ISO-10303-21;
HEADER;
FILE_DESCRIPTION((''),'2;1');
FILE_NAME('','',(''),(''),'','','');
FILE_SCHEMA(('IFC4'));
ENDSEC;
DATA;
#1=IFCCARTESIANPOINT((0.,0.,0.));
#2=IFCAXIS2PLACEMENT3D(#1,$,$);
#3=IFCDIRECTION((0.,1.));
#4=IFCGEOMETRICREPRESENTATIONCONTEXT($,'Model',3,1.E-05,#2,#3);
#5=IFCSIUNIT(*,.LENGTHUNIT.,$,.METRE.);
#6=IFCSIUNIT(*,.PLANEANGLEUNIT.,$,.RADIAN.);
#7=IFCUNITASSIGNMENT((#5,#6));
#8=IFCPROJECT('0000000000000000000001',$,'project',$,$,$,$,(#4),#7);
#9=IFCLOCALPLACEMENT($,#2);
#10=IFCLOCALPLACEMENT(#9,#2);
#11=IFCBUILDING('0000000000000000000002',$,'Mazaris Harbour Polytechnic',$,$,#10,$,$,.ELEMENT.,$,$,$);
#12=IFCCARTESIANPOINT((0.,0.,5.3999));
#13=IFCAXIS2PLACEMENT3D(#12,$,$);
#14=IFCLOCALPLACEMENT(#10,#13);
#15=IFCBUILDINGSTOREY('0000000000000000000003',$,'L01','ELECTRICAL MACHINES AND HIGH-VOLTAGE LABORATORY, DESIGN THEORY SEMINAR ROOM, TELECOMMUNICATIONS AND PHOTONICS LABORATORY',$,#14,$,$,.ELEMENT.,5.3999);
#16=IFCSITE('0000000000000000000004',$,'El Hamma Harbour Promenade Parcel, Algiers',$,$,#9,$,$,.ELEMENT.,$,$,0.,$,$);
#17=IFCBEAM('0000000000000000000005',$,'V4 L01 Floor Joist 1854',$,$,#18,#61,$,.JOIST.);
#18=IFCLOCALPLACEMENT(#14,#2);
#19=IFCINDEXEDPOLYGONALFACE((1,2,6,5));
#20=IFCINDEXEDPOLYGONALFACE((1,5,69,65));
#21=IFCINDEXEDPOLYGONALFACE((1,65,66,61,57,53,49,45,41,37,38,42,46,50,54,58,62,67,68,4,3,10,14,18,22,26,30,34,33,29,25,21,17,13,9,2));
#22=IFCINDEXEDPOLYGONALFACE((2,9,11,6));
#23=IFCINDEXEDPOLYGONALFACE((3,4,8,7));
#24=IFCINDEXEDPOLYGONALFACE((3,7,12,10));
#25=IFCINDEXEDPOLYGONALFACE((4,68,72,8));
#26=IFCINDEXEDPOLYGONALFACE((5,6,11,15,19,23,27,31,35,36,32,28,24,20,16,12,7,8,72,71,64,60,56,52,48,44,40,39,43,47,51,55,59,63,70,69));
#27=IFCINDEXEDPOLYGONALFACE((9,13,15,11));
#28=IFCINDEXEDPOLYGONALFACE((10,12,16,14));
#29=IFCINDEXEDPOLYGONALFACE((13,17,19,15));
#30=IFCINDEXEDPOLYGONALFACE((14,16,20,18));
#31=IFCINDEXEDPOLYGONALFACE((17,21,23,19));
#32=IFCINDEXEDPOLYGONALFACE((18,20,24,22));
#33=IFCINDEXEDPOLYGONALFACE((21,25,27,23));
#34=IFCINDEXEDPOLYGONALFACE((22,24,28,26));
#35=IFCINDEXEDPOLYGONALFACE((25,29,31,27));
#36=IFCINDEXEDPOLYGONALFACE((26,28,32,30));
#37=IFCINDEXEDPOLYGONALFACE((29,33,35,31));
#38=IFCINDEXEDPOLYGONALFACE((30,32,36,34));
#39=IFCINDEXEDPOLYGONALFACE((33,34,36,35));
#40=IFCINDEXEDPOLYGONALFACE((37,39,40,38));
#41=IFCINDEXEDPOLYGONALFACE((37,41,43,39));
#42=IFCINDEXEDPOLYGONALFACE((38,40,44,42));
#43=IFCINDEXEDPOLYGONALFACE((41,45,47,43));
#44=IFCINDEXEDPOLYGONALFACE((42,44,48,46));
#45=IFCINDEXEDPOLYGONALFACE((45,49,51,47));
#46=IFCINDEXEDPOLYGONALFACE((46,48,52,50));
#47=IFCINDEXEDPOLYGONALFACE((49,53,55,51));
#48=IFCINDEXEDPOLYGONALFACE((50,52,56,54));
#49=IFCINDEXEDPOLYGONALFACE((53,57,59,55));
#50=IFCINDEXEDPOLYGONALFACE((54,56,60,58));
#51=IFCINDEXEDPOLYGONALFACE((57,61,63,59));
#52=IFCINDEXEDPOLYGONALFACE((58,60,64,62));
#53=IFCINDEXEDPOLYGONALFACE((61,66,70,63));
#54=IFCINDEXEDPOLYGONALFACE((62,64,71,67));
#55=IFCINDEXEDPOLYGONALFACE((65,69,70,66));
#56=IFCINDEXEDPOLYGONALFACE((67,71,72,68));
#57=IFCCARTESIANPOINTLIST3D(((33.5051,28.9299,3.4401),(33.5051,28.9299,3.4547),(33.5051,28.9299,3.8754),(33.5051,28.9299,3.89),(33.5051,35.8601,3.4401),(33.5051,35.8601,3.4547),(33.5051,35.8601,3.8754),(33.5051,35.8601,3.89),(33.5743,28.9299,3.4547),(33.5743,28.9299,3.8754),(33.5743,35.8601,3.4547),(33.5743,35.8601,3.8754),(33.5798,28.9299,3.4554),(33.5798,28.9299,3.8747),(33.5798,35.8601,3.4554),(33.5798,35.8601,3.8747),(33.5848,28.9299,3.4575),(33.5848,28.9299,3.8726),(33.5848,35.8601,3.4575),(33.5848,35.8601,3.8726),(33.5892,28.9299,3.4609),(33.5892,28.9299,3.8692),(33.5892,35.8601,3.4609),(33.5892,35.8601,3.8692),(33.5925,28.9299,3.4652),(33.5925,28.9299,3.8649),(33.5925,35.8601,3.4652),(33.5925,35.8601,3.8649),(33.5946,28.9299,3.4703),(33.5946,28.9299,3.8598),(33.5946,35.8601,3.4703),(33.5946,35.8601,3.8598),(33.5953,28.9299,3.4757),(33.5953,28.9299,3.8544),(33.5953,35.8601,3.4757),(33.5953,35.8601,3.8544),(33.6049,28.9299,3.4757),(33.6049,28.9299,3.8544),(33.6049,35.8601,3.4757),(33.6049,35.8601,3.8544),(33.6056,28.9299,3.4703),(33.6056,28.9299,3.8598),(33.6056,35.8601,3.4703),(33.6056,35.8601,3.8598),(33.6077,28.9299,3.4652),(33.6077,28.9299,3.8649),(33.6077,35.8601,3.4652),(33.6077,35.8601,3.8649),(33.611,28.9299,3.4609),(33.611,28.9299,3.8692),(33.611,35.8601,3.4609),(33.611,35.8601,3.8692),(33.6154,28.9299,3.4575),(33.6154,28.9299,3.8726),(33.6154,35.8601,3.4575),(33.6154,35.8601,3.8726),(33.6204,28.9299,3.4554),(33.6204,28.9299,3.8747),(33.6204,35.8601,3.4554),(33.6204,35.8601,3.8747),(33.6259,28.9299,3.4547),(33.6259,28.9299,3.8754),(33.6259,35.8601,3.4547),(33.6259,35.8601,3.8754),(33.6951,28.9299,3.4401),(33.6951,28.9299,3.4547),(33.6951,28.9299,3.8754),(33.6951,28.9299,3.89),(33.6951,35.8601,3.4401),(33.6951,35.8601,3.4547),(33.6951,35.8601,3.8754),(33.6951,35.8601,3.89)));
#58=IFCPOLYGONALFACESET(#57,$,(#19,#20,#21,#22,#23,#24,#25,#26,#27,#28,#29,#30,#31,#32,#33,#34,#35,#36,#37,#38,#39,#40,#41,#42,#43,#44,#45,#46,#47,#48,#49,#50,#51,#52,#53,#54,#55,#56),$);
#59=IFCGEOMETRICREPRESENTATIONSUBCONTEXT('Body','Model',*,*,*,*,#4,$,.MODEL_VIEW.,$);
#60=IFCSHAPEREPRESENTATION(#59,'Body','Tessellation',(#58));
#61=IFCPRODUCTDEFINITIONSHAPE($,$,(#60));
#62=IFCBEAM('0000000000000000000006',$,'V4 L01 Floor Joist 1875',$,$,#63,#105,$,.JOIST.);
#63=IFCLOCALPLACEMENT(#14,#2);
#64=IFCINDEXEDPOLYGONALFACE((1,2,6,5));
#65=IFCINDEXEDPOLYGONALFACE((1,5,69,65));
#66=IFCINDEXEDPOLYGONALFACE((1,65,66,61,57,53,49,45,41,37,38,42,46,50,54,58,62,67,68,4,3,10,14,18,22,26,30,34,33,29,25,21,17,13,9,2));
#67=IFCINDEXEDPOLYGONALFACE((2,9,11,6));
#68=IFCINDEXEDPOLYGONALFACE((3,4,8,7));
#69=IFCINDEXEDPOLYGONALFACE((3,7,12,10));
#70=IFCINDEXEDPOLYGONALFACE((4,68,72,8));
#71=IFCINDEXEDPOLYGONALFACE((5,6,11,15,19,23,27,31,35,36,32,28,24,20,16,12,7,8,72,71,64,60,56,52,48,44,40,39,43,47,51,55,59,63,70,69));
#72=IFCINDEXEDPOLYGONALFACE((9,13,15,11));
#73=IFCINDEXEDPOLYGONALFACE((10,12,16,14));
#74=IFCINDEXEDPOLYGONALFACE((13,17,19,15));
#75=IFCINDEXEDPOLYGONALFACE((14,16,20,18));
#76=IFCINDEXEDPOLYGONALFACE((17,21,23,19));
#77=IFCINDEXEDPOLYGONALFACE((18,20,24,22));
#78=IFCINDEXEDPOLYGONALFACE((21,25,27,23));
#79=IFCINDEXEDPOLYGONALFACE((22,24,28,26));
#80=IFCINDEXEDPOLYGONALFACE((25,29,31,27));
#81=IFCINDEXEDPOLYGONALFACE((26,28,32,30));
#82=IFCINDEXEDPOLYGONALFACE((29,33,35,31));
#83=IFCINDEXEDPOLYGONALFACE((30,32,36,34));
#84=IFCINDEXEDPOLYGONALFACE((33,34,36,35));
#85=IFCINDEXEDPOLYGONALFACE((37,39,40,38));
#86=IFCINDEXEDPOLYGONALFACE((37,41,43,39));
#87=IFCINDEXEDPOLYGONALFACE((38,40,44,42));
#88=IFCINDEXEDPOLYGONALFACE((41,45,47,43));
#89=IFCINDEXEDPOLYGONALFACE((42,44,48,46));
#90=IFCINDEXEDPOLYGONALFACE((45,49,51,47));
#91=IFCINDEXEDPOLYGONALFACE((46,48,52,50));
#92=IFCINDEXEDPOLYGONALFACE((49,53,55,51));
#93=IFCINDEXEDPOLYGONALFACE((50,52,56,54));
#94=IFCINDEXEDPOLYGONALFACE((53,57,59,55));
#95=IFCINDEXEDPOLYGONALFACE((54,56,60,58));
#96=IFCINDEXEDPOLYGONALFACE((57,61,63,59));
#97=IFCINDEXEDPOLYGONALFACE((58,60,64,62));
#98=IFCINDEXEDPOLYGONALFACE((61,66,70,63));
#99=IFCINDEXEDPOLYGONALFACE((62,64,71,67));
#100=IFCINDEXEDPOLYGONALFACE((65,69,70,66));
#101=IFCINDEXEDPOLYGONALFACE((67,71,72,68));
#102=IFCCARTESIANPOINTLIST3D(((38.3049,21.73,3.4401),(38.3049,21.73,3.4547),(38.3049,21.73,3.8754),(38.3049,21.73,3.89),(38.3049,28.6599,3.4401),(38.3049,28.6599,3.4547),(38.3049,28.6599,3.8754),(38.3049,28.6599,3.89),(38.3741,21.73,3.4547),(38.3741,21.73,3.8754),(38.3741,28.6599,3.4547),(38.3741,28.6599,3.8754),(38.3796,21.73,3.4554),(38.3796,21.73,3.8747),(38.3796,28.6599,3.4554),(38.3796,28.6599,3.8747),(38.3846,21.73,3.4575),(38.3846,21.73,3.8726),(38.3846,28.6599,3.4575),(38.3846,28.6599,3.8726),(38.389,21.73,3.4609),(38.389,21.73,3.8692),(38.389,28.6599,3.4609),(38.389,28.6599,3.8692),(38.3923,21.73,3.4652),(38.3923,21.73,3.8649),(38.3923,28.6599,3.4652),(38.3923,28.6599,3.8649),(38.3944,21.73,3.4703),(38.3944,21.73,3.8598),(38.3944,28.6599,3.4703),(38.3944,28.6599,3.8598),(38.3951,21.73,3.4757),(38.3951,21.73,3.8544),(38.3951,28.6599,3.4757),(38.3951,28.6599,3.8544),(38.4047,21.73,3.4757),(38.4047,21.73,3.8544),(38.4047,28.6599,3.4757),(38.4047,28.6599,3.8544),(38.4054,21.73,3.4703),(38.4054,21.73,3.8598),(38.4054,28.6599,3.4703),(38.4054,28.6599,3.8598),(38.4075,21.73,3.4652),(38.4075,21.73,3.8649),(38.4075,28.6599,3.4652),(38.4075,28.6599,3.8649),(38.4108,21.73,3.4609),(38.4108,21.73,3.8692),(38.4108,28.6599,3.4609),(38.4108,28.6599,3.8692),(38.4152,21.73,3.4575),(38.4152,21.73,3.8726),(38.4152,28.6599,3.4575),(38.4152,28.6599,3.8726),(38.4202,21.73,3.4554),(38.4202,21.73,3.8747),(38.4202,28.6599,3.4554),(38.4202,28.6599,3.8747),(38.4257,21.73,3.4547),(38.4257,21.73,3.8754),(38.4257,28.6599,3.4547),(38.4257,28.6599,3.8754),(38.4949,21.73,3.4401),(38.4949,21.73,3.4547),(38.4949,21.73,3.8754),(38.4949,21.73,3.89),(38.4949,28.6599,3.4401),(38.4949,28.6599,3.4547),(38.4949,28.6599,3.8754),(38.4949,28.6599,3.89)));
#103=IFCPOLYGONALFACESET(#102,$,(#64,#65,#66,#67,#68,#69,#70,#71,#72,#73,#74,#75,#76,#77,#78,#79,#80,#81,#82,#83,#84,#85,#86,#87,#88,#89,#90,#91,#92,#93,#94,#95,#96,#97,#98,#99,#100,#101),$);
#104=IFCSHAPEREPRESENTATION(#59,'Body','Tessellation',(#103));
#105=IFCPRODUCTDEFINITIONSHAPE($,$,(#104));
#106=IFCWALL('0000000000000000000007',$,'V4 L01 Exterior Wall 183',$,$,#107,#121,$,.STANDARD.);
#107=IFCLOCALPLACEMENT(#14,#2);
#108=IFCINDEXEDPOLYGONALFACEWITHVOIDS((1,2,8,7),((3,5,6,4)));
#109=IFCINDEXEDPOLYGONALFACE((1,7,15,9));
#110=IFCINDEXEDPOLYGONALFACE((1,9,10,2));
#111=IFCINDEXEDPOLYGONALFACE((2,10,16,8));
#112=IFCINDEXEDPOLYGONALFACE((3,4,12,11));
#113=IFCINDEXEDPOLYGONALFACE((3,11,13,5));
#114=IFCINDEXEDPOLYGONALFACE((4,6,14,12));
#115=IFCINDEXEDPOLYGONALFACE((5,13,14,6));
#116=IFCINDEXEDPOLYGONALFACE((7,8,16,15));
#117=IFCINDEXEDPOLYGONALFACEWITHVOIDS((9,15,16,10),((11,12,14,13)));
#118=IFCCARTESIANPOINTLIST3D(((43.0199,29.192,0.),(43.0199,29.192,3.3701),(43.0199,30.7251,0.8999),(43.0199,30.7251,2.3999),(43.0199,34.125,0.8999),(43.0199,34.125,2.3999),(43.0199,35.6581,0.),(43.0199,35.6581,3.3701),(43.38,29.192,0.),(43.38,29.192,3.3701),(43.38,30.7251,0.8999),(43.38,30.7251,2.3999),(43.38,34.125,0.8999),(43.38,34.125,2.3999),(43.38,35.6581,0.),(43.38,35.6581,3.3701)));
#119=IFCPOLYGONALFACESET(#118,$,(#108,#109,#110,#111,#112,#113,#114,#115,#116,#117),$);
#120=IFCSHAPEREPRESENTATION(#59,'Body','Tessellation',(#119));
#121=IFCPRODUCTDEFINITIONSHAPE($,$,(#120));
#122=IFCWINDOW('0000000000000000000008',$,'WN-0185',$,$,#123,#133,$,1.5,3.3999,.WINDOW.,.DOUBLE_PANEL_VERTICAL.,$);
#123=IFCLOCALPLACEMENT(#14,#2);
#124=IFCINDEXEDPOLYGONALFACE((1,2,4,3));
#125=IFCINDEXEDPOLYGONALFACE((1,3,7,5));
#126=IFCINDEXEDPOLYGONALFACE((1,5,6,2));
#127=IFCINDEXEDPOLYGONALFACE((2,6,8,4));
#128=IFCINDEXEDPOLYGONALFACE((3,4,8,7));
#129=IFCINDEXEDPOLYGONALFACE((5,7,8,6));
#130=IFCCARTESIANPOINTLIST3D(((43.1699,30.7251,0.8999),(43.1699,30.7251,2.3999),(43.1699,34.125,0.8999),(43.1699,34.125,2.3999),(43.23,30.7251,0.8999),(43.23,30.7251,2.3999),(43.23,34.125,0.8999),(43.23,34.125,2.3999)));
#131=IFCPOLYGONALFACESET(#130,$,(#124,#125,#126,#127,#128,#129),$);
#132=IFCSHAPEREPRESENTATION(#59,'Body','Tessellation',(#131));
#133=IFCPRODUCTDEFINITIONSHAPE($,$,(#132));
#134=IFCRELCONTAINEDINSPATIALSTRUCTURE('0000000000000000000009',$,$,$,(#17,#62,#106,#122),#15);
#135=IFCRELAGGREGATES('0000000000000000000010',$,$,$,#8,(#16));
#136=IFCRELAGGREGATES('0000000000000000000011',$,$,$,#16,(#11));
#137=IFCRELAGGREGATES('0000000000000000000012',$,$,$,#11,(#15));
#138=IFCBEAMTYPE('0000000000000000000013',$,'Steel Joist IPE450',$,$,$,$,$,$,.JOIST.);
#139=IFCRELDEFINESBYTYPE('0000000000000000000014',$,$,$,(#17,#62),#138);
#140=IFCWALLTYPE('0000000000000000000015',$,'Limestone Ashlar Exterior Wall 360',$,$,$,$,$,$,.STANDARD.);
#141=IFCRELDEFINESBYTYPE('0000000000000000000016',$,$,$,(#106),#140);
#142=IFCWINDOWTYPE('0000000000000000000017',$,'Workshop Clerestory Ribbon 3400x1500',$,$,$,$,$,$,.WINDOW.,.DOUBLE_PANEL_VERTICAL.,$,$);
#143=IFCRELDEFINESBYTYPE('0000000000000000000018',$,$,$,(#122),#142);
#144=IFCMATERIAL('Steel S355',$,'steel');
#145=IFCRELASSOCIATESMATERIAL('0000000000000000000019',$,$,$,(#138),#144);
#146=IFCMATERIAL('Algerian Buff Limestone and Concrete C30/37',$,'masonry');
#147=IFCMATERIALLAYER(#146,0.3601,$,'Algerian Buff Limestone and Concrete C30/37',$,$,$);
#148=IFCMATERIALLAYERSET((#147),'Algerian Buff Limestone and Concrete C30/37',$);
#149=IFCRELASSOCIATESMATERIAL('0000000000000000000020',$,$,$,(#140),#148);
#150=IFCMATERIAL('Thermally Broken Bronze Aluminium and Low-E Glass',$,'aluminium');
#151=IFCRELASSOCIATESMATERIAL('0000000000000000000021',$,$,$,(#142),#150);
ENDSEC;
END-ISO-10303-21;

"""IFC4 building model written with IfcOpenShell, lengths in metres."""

from ifc_helpers import new_model, si_unit, direction, frame, frame_2d, origin, origin_2d, place, context, subcontext, project, spatial, rectangle, i_section, extrude, material, layer, layer_set, material_profile, profile_set, type_object, element, fill, save


model = new_model("IFC4")

# Units and contexts
model_context = context("Model", 3, precision=1e-05, world=origin(), true_north=direction((0.0, 1.0)))
body_context = subcontext(model_context, "Body", "Model", "MODEL_VIEW")
ifc_project = project(units=[si_unit("LENGTHUNIT", "METRE"), si_unit("PLANEANGLEUNIT", "RADIAN")], contexts=[model_context])

# Site, building, storey
site_placement = place(None, origin())
site = spatial("IfcSite", under=ifc_project, at=site_placement, Name="El Hamma Harbour Promenade Parcel, Algiers", CompositionType="ELEMENT", RefElevation=0.0)
building_placement = place(site_placement, origin())
building = spatial("IfcBuilding", under=site, at=building_placement, Name="Mazaris Harbour Polytechnic", CompositionType="ELEMENT")
storey_placement = place(building_placement, frame((0.0, 0.0, 5.3999)))
storey = spatial("IfcBuildingStorey", under=building, at=storey_placement, Name="L01", Description="ELECTRICAL MACHINES AND HIGH-VOLTAGE LABORATORY, DESIGN THEORY SEMINAR ROOM, TELECOMMUNICATIONS AND PHOTONICS LABORATORY", CompositionType="ELEMENT", Elevation=5.3999)

# Beams
ifc_material_1 = material(Name="Steel S355", Category="steel")
ifc_material_profile_1 = material_profile(ifc_material_1, i_section(OverallWidth=0.1899, OverallDepth=0.45, WebThickness=0.0095, FlangeThickness=0.0146, FilletRadius=0.021, at=origin_2d()), Name="IPE 450")
ifc_profile_set_1 = profile_set([ifc_material_profile_1], Name="Steel S355")
beam_type_1 = type_object("IfcBeamType", Name="Steel Joist IPE450", PredefinedType="JOIST", material=ifc_profile_set_1)
beam_1_placement = place(storey_placement, frame((33.6001, 28.9299, 3.665), z_axis=(0.0, 1.0, 0.0), x_axis=(-1.0, 0.0, 0.0)))
element("IfcBeam", 1, at=beam_1_placement, inside=storey, type_object=beam_type_1, Name="V4 L01 Floor Joist 1854", PredefinedType="JOIST", context=body_context, shape_type="SweptSolid", body=[
    extrude(i_section(OverallWidth=0.1899, OverallDepth=0.45, WebThickness=0.0095, FlangeThickness=0.0146, FilletRadius=0.021, at=origin_2d()), origin(), (0.0, 0.0, 1.0), 6.9302),
])
beam_2_placement = place(storey_placement, frame((38.3999, 21.73, 3.665), z_axis=(0.0, 1.0, 0.0), x_axis=(-1.0, 0.0, 0.0)))
element("IfcBeam", 2, at=beam_2_placement, inside=storey, type_object=beam_type_1, Name="V4 L01 Floor Joist 1875", PredefinedType="JOIST", context=body_context, shape_type="SweptSolid", body=[
    extrude(i_section(OverallWidth=0.1899, OverallDepth=0.45, WebThickness=0.0095, FlangeThickness=0.0146, FilletRadius=0.021, at=origin_2d()), origin(), (0.0, 0.0, 1.0), 6.9299),
])

# Wall, opening, window
ifc_material_2 = material(Name="Algerian Buff Limestone and Concrete C30/37", Category="masonry")
ifc_layer = layer(ifc_material_2, 0.3601, Name="Algerian Buff Limestone and Concrete C30/37")
ifc_layer_set = layer_set([ifc_layer], Name="Algerian Buff Limestone and Concrete C30/37")
wall_type = type_object("IfcWallType", Name="Limestone Ashlar Exterior Wall 360", PredefinedType="STANDARD", material=ifc_layer_set)
wall_placement = place(storey_placement, frame((43.2, 35.658, 0.0), z_axis=(0.0, 0.0, 1.0), x_axis=(0.0, -1.0, 0.0)))
wall = element("IfcWall", 3, at=wall_placement, inside=storey, type_object=wall_type, Name="V4 L01 Exterior Wall 183", PredefinedType="STANDARD", context=body_context, shape_type="SweptSolid", body=[
    extrude(rectangle(XDim=6.4661, YDim=0.3601, at=frame_2d((3.2329, 0.0))), origin(), (0.0, 0.0, 1.0), 3.3701),
])
opening_placement = place(wall_placement, frame((1.533, 0.0, 0.8999)))
opening = element("IfcOpeningElement", 4, at=opening_placement, cuts=wall, PredefinedType="OPENING", context=body_context, shape_type="SweptSolid", body=[
    extrude(rectangle(XDim=3.3999, YDim=1.5, at=frame_2d((1.7, 0.75))), frame((0.0, 0.1899, 0.0), z_axis=(0.0, -1.0, 0.0), x_axis=(1.0, 0.0, 0.0)), (0.0, 0.0, 1.0), 0.3801),
])
ifc_material_3 = material(Name="Thermally Broken Bronze Aluminium and Low-E Glass", Category="aluminium")
window_type = type_object("IfcWindowType", Name="Workshop Clerestory Ribbon 3400x1500", PartitioningType="DOUBLE_PANEL_VERTICAL", PredefinedType="WINDOW", material=ifc_material_3)
window_placement = place(opening_placement, origin())
window = element("IfcWindow", 5, at=window_placement, inside=storey, type_object=window_type, Name="WN-0185", OverallHeight=1.5, OverallWidth=3.3999, PartitioningType="DOUBLE_PANEL_VERTICAL", PredefinedType="WINDOW", context=body_context, shape_type="SweptSolid", body=[
    extrude(rectangle(XDim=3.3999, YDim=1.5, at=frame_2d((1.7, 0.75))), frame((0.0, 0.03, 0.0), z_axis=(0.0, -1.0, 0.0), x_axis=(1.0, 0.0, 0.0)), (0.0, 0.0, 1.0), 0.0601),
])
fill(opening, window)

save(model, "model.ifc")
